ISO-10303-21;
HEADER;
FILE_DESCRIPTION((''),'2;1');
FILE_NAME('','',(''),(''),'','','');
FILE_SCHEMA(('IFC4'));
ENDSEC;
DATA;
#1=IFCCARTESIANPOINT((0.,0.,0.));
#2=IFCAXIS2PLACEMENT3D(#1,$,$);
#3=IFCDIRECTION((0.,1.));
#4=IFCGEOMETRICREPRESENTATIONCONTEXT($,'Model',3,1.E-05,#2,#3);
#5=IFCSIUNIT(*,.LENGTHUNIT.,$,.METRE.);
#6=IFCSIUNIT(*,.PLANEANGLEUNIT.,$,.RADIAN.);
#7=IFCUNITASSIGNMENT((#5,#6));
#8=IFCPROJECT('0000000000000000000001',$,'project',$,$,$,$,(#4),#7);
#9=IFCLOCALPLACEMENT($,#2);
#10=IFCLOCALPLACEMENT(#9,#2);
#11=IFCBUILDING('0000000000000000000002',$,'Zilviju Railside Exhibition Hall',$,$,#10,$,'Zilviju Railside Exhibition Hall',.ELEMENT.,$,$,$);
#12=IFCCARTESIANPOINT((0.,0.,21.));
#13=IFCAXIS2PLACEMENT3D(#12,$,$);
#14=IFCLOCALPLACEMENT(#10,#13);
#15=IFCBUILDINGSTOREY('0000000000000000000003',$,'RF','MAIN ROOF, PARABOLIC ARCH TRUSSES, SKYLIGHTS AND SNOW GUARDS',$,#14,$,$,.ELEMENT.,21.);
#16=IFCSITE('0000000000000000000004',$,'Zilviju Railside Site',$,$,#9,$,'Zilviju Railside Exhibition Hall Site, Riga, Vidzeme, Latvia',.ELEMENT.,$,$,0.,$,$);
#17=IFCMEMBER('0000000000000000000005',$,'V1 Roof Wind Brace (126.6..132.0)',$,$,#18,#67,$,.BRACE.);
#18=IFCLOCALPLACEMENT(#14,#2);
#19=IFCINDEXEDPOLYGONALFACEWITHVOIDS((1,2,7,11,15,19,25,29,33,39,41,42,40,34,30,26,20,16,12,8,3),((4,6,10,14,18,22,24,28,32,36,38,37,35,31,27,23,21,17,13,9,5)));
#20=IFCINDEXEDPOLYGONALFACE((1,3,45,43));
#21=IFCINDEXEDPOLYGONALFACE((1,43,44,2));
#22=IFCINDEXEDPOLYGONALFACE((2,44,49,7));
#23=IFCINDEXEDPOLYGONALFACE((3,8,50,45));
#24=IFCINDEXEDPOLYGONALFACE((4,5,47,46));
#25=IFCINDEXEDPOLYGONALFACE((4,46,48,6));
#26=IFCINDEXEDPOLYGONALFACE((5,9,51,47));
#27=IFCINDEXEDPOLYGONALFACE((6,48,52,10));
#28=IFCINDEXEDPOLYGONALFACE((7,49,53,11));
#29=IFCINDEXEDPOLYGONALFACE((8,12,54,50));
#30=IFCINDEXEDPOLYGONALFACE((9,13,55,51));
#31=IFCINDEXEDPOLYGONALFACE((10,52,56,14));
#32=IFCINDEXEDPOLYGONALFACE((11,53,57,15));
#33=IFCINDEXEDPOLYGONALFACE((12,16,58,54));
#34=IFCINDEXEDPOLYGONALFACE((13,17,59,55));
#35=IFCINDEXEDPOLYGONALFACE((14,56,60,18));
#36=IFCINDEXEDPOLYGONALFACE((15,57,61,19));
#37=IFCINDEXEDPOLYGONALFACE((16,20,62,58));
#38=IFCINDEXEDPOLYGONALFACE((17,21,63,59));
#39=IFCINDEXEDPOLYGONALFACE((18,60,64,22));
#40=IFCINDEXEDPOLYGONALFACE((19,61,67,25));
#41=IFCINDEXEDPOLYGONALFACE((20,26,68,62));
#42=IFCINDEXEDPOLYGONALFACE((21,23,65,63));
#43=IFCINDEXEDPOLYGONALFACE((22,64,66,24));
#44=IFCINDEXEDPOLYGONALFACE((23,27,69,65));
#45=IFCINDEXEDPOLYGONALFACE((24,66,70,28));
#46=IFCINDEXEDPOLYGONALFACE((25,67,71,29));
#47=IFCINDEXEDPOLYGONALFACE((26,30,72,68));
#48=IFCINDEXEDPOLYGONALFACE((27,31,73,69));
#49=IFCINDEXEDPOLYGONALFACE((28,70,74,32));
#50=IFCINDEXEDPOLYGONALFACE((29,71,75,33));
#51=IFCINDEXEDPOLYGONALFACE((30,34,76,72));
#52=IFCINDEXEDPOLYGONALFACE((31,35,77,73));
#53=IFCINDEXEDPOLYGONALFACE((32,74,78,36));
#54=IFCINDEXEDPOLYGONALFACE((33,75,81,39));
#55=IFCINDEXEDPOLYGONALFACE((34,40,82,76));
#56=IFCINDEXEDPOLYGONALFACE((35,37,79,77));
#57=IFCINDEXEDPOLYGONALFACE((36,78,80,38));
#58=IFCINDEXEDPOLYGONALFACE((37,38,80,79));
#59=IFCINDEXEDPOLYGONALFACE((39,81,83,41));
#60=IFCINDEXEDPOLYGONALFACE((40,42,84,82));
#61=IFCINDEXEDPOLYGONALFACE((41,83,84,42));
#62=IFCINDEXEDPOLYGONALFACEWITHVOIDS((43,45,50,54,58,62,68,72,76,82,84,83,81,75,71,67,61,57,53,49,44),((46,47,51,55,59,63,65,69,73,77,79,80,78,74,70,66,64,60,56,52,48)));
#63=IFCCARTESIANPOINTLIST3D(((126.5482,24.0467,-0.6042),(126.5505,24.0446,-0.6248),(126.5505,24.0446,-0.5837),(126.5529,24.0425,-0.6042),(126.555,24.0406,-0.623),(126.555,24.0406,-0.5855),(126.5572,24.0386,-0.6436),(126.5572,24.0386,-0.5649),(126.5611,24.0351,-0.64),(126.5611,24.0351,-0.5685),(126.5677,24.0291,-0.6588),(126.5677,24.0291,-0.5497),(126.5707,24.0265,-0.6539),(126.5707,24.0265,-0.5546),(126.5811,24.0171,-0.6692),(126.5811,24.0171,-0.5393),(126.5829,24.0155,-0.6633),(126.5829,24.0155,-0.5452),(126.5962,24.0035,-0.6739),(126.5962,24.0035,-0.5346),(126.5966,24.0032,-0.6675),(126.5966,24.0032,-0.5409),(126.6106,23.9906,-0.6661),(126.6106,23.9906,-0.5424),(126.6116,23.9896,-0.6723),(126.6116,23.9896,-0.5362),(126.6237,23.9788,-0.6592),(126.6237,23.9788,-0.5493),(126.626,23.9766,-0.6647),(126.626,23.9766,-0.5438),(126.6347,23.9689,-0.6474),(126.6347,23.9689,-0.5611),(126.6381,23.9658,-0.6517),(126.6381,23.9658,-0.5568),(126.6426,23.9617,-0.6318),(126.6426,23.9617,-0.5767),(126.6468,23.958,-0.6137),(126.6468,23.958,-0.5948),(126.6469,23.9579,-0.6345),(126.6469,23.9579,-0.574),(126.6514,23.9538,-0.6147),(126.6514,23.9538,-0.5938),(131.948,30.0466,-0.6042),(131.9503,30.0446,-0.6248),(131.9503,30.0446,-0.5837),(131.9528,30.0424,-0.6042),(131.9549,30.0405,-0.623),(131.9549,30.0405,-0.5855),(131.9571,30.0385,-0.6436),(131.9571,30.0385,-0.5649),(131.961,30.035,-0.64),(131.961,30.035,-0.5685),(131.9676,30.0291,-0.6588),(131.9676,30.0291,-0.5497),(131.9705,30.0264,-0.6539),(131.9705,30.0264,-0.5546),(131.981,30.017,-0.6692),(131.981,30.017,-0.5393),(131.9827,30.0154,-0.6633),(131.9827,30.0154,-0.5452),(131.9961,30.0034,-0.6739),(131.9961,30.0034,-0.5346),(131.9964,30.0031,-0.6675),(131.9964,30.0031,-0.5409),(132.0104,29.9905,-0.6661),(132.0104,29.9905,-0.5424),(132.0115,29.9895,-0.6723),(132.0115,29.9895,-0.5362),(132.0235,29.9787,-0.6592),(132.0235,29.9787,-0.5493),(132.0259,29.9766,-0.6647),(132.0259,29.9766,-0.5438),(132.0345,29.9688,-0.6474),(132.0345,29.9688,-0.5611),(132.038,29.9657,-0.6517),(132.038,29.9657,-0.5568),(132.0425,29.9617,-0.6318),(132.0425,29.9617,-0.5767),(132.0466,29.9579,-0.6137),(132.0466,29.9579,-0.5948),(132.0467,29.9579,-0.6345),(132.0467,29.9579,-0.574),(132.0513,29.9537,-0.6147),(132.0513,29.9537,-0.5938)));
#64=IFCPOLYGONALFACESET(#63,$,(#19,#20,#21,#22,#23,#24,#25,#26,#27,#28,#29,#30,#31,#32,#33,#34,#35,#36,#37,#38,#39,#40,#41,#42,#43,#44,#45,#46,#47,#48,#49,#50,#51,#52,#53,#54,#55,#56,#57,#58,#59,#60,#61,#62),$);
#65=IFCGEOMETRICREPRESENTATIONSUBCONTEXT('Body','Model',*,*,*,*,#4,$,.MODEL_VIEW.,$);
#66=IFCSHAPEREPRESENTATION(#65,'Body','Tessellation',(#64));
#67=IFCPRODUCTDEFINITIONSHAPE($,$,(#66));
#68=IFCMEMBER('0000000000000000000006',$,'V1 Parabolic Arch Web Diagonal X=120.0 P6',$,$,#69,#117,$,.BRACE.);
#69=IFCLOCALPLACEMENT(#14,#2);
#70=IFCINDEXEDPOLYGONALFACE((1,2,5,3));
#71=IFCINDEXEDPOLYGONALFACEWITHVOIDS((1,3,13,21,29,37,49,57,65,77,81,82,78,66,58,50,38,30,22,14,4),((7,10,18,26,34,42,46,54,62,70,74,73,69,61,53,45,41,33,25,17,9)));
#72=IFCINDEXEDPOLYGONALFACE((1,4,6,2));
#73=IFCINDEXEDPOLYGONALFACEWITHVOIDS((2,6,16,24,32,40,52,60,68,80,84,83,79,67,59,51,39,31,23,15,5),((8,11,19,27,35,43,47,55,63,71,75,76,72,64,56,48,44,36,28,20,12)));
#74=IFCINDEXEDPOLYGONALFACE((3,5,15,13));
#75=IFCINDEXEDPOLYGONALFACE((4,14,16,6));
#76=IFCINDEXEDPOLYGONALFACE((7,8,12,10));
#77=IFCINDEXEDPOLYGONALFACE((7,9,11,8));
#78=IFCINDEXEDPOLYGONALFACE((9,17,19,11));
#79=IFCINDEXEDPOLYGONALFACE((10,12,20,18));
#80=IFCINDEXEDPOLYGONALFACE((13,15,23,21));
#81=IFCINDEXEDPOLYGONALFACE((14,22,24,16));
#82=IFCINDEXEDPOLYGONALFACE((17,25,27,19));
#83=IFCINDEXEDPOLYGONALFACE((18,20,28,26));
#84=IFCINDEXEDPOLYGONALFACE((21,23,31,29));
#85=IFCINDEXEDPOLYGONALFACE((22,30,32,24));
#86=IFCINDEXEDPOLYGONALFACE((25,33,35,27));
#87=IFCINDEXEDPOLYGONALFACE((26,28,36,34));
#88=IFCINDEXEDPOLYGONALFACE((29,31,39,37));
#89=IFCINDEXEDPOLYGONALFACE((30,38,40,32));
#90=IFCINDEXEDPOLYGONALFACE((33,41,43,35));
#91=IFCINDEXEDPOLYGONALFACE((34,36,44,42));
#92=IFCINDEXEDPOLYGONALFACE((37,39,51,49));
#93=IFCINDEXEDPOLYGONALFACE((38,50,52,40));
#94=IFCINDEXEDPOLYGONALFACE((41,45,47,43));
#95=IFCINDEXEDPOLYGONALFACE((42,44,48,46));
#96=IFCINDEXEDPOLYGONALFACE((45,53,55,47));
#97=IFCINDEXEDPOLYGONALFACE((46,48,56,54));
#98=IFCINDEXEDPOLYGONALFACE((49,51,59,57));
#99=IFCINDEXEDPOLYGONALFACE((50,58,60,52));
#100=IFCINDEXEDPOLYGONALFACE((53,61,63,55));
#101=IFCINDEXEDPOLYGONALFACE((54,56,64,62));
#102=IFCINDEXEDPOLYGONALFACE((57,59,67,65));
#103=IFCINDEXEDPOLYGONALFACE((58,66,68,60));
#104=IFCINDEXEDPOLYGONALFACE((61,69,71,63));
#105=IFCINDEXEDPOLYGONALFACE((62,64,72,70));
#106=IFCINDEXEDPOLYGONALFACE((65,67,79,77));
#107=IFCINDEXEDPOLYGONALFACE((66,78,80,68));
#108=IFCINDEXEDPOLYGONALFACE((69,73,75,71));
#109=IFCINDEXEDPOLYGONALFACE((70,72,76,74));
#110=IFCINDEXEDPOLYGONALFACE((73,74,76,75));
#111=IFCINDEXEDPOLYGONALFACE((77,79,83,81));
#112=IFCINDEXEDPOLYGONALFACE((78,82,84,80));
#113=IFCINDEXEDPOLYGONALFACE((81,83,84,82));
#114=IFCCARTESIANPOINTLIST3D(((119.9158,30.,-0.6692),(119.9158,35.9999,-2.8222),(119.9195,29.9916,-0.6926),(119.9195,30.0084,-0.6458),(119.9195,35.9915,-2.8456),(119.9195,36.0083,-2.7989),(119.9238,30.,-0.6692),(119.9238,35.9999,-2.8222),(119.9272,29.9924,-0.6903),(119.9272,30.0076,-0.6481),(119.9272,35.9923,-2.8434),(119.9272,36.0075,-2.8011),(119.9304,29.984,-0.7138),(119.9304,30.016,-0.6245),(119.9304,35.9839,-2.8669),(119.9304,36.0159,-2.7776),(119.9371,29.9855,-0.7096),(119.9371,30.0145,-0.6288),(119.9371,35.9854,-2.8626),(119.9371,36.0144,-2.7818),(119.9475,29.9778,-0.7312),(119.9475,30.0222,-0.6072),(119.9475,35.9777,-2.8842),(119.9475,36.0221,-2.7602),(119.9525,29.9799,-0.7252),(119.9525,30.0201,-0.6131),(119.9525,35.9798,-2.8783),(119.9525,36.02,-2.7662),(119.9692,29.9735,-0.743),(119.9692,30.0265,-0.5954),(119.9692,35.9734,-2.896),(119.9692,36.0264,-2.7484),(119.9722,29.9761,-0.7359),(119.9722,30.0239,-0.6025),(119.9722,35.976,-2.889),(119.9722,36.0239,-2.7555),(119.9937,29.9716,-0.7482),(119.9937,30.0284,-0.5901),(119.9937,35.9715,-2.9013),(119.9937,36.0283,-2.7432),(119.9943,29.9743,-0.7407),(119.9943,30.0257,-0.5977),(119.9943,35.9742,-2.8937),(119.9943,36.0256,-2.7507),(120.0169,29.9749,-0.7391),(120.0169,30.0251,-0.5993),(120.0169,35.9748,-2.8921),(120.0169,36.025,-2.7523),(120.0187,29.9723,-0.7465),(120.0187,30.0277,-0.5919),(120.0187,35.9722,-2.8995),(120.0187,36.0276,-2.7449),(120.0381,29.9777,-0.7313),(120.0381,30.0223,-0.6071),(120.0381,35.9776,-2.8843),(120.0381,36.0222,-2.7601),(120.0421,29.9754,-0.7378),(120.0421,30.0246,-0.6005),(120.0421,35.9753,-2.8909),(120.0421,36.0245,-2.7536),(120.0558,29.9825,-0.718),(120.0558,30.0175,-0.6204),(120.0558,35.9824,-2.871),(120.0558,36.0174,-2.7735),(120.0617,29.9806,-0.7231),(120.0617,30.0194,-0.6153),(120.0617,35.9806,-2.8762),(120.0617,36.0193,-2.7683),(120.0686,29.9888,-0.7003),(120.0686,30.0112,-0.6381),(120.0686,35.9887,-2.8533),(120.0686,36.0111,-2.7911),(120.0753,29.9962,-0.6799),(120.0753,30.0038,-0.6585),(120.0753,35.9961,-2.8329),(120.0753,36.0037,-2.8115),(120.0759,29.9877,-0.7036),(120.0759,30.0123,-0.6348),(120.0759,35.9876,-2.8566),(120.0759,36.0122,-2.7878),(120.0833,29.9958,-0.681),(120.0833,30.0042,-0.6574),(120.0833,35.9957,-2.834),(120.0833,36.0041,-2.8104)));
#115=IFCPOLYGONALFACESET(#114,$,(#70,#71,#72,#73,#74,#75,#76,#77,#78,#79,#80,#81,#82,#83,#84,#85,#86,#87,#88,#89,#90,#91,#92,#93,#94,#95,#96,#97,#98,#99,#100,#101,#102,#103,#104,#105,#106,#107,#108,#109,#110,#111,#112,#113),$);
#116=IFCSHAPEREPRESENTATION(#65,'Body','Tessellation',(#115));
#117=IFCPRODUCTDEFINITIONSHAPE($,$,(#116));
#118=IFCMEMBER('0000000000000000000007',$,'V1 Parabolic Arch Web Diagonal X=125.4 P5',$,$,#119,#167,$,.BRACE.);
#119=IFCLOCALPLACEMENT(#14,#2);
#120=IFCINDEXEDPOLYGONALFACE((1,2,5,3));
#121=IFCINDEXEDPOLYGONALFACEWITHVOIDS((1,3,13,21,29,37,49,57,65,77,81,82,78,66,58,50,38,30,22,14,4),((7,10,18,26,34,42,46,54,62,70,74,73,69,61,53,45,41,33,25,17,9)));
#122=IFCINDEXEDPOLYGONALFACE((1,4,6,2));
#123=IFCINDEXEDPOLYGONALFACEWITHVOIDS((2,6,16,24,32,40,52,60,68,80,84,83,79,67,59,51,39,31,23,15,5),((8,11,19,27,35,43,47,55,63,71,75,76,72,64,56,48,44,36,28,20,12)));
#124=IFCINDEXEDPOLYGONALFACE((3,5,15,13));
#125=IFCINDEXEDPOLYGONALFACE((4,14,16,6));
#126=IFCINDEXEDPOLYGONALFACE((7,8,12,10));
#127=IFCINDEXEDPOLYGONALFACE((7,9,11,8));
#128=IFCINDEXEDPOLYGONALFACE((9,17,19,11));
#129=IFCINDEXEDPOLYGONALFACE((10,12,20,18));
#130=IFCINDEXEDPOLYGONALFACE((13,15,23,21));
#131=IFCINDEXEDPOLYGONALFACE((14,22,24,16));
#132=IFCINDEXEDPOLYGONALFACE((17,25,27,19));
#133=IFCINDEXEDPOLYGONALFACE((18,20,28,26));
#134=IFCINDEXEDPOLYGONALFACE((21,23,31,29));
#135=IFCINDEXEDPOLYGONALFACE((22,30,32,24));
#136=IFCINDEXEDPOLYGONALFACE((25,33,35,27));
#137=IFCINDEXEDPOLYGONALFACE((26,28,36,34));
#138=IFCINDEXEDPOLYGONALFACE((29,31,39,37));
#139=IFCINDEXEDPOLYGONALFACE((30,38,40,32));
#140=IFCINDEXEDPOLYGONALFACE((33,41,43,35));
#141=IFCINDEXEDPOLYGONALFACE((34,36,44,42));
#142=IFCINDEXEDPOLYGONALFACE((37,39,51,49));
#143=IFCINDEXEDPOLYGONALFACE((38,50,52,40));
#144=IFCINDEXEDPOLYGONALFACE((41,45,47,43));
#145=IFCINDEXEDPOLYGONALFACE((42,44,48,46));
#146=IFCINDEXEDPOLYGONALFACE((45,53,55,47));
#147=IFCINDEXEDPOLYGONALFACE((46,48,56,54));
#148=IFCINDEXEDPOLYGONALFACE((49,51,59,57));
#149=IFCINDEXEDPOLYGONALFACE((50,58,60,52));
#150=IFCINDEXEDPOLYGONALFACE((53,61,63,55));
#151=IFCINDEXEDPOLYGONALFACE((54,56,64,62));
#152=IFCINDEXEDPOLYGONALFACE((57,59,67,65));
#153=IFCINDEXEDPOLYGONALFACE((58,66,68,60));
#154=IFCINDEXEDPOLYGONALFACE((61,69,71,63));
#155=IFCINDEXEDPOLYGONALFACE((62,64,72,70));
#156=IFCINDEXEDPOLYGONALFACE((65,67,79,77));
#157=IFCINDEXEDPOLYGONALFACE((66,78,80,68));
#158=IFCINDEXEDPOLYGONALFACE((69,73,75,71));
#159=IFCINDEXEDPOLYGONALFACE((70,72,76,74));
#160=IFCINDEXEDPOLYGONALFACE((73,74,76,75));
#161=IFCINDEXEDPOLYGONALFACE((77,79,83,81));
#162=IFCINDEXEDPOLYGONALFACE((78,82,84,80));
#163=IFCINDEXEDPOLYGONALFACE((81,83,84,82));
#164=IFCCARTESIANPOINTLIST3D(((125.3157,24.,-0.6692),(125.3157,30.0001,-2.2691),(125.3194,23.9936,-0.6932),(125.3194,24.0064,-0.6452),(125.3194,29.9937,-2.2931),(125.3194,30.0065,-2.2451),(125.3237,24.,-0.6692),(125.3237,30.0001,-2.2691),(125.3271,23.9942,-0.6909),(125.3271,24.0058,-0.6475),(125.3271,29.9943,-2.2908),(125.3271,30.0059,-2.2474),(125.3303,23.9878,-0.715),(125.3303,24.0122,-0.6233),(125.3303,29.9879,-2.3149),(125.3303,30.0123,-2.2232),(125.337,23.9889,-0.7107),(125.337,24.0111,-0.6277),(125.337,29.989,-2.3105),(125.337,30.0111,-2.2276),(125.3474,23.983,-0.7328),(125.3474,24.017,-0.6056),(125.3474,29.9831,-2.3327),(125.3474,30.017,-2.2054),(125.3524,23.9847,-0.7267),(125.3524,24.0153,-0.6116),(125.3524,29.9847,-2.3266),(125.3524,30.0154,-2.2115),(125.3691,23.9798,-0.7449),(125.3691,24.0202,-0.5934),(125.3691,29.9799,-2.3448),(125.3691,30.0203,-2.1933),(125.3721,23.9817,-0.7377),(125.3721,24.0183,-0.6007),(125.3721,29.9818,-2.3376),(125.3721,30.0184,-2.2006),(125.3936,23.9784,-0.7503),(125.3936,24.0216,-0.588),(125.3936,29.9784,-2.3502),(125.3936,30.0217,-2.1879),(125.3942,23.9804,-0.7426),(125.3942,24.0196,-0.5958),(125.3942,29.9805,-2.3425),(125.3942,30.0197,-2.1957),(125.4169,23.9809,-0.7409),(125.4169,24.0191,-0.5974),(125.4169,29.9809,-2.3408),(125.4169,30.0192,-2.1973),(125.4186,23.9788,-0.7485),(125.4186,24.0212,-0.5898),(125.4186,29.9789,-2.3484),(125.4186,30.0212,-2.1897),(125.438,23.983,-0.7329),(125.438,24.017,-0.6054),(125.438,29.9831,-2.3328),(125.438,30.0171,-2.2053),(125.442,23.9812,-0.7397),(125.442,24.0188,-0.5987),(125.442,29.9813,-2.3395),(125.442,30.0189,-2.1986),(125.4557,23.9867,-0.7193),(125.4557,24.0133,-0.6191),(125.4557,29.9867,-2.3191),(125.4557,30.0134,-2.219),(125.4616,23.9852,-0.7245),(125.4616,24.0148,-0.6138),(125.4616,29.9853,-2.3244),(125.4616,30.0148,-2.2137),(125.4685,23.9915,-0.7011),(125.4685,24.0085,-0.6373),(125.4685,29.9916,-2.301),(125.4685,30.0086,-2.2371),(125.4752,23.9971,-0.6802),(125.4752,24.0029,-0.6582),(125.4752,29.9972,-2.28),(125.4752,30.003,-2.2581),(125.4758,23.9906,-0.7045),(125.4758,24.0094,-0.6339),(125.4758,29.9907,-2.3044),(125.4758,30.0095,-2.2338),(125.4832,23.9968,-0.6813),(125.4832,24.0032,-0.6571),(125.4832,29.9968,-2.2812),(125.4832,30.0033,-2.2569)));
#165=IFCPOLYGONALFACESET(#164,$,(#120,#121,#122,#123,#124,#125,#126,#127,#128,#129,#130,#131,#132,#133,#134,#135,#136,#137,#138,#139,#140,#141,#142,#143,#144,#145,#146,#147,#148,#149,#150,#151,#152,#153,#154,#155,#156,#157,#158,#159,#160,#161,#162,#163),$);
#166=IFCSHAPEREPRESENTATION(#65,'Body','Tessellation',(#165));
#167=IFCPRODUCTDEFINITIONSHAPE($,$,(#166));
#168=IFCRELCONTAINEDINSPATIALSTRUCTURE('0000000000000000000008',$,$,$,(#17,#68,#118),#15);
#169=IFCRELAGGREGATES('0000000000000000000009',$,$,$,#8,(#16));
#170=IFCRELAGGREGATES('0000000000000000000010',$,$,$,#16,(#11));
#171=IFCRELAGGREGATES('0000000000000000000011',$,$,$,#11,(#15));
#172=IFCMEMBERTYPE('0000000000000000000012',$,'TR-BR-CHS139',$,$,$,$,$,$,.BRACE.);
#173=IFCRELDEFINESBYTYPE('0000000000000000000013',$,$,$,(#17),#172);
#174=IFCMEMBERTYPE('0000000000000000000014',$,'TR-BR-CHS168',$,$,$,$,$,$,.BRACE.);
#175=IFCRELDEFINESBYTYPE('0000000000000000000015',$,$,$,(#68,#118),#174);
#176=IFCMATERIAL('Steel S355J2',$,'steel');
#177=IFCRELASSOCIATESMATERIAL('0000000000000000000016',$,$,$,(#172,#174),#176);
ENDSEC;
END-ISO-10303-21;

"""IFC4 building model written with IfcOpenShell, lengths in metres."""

from ifc_helpers import new_model, si_unit, direction, frame, origin, origin_2d, place, context, subcontext, project, spatial, hollow_circle, extrude, material, material_profile, profile_set, type_object, element, save


model = new_model("IFC4")

# Units and contexts
model_context = context("Model", 3, precision=1e-05, world=origin(), true_north=direction((0.0, 1.0)))
body_context = subcontext(model_context, "Body", "Model", "MODEL_VIEW")
ifc_project = project(units=[si_unit("LENGTHUNIT", "METRE"), si_unit("PLANEANGLEUNIT", "RADIAN")], contexts=[model_context])

# Site, building, storey
site_placement = place(None, origin())
site = spatial("IfcSite", under=ifc_project, at=site_placement, Name="Zilviju Railside Site", LongName="Zilviju Railside Exhibition Hall Site, Riga, Vidzeme, Latvia", CompositionType="ELEMENT", RefElevation=0.0)
building_placement = place(site_placement, origin())
building = spatial("IfcBuilding", under=site, at=building_placement, Name="Zilviju Railside Exhibition Hall", LongName="Zilviju Railside Exhibition Hall", CompositionType="ELEMENT")
storey_placement = place(building_placement, frame((0.0, 0.0, 21.0)))
storey = spatial("IfcBuildingStorey", under=building, at=storey_placement, Name="RF", Description="MAIN ROOF, PARABOLIC ARCH TRUSSES, SKYLIGHTS AND SNOW GUARDS", CompositionType="ELEMENT", Elevation=21.0)

# Members
ifc_material_1 = material(Name="Steel S355J2", Category="steel")
ifc_material_profile_1 = material_profile(ifc_material_1, hollow_circle(Radius=0.0698, WallThickness=0.0063, at=origin_2d()), Name="CHS 139.7x6.3")
ifc_profile_set_1 = profile_set([ifc_material_profile_1], Name="Steel S355J2")
member_type_1 = type_object("IfcMemberType", Name="TR-BR-CHS139", PredefinedType="BRACE", material=ifc_profile_set_1)
member_1_placement = place(storey_placement, frame((126.6001, 24.0, -0.6042), z_axis=(0.668958, 0.7433, 0.0), x_axis=(-0.7433, 0.668958, 0.0)))
element("IfcMember", 1, at=member_1_placement, inside=storey, type_object=member_type_1, Name="V1 Roof Wind Brace (126.6..132.0)", PredefinedType="BRACE", context=body_context, shape_type="SweptSolid", body=[
    extrude(hollow_circle(Radius=0.0698, WallThickness=0.0063, at=origin_2d()), origin(), (0.0, 0.0, 1.0), 8.072),
])
ifc_material_profile_2 = material_profile(ifc_material_1, hollow_circle(Radius=0.0842, WallThickness=0.0081, at=origin_2d()), Name="CHS 168.3x8.0")
ifc_profile_set_2 = profile_set([ifc_material_profile_2], Name="Steel S355J2")
member_type_2 = type_object("IfcMemberType", Name="TR-BR-CHS168", PredefinedType="BRACE", material=ifc_profile_set_2)
member_2_placement = place(storey_placement, frame((120.0, 30.0, -0.6692), z_axis=(0.0, 0.941233, -0.337758), x_axis=(-1.0, 0.0, 0.0)))
element("IfcMember", 2, at=member_2_placement, inside=storey, type_object=member_type_2, Name="V1 Parabolic Arch Web Diagonal X=120.0 P6", PredefinedType="BRACE", context=body_context, shape_type="SweptSolid", body=[
    extrude(hollow_circle(Radius=0.0842, WallThickness=0.0081, at=origin_2d()), origin(), (0.0, 0.0, 1.0), 6.3745),
])
member_3_placement = place(storey_placement, frame((125.3999, 24.0, -0.6692), z_axis=(0.0, 0.966241, -0.257641), x_axis=(-1.0, 0.0, 0.0)))
element("IfcMember", 3, at=member_3_placement, inside=storey, type_object=member_type_2, Name="V1 Parabolic Arch Web Diagonal X=125.4 P5", PredefinedType="BRACE", context=body_context, shape_type="SweptSolid", body=[
    extrude(hollow_circle(Radius=0.0842, WallThickness=0.0081, at=origin_2d()), origin(), (0.0, 0.0, 1.0), 6.2097),
])

save(model, "model.ifc")
